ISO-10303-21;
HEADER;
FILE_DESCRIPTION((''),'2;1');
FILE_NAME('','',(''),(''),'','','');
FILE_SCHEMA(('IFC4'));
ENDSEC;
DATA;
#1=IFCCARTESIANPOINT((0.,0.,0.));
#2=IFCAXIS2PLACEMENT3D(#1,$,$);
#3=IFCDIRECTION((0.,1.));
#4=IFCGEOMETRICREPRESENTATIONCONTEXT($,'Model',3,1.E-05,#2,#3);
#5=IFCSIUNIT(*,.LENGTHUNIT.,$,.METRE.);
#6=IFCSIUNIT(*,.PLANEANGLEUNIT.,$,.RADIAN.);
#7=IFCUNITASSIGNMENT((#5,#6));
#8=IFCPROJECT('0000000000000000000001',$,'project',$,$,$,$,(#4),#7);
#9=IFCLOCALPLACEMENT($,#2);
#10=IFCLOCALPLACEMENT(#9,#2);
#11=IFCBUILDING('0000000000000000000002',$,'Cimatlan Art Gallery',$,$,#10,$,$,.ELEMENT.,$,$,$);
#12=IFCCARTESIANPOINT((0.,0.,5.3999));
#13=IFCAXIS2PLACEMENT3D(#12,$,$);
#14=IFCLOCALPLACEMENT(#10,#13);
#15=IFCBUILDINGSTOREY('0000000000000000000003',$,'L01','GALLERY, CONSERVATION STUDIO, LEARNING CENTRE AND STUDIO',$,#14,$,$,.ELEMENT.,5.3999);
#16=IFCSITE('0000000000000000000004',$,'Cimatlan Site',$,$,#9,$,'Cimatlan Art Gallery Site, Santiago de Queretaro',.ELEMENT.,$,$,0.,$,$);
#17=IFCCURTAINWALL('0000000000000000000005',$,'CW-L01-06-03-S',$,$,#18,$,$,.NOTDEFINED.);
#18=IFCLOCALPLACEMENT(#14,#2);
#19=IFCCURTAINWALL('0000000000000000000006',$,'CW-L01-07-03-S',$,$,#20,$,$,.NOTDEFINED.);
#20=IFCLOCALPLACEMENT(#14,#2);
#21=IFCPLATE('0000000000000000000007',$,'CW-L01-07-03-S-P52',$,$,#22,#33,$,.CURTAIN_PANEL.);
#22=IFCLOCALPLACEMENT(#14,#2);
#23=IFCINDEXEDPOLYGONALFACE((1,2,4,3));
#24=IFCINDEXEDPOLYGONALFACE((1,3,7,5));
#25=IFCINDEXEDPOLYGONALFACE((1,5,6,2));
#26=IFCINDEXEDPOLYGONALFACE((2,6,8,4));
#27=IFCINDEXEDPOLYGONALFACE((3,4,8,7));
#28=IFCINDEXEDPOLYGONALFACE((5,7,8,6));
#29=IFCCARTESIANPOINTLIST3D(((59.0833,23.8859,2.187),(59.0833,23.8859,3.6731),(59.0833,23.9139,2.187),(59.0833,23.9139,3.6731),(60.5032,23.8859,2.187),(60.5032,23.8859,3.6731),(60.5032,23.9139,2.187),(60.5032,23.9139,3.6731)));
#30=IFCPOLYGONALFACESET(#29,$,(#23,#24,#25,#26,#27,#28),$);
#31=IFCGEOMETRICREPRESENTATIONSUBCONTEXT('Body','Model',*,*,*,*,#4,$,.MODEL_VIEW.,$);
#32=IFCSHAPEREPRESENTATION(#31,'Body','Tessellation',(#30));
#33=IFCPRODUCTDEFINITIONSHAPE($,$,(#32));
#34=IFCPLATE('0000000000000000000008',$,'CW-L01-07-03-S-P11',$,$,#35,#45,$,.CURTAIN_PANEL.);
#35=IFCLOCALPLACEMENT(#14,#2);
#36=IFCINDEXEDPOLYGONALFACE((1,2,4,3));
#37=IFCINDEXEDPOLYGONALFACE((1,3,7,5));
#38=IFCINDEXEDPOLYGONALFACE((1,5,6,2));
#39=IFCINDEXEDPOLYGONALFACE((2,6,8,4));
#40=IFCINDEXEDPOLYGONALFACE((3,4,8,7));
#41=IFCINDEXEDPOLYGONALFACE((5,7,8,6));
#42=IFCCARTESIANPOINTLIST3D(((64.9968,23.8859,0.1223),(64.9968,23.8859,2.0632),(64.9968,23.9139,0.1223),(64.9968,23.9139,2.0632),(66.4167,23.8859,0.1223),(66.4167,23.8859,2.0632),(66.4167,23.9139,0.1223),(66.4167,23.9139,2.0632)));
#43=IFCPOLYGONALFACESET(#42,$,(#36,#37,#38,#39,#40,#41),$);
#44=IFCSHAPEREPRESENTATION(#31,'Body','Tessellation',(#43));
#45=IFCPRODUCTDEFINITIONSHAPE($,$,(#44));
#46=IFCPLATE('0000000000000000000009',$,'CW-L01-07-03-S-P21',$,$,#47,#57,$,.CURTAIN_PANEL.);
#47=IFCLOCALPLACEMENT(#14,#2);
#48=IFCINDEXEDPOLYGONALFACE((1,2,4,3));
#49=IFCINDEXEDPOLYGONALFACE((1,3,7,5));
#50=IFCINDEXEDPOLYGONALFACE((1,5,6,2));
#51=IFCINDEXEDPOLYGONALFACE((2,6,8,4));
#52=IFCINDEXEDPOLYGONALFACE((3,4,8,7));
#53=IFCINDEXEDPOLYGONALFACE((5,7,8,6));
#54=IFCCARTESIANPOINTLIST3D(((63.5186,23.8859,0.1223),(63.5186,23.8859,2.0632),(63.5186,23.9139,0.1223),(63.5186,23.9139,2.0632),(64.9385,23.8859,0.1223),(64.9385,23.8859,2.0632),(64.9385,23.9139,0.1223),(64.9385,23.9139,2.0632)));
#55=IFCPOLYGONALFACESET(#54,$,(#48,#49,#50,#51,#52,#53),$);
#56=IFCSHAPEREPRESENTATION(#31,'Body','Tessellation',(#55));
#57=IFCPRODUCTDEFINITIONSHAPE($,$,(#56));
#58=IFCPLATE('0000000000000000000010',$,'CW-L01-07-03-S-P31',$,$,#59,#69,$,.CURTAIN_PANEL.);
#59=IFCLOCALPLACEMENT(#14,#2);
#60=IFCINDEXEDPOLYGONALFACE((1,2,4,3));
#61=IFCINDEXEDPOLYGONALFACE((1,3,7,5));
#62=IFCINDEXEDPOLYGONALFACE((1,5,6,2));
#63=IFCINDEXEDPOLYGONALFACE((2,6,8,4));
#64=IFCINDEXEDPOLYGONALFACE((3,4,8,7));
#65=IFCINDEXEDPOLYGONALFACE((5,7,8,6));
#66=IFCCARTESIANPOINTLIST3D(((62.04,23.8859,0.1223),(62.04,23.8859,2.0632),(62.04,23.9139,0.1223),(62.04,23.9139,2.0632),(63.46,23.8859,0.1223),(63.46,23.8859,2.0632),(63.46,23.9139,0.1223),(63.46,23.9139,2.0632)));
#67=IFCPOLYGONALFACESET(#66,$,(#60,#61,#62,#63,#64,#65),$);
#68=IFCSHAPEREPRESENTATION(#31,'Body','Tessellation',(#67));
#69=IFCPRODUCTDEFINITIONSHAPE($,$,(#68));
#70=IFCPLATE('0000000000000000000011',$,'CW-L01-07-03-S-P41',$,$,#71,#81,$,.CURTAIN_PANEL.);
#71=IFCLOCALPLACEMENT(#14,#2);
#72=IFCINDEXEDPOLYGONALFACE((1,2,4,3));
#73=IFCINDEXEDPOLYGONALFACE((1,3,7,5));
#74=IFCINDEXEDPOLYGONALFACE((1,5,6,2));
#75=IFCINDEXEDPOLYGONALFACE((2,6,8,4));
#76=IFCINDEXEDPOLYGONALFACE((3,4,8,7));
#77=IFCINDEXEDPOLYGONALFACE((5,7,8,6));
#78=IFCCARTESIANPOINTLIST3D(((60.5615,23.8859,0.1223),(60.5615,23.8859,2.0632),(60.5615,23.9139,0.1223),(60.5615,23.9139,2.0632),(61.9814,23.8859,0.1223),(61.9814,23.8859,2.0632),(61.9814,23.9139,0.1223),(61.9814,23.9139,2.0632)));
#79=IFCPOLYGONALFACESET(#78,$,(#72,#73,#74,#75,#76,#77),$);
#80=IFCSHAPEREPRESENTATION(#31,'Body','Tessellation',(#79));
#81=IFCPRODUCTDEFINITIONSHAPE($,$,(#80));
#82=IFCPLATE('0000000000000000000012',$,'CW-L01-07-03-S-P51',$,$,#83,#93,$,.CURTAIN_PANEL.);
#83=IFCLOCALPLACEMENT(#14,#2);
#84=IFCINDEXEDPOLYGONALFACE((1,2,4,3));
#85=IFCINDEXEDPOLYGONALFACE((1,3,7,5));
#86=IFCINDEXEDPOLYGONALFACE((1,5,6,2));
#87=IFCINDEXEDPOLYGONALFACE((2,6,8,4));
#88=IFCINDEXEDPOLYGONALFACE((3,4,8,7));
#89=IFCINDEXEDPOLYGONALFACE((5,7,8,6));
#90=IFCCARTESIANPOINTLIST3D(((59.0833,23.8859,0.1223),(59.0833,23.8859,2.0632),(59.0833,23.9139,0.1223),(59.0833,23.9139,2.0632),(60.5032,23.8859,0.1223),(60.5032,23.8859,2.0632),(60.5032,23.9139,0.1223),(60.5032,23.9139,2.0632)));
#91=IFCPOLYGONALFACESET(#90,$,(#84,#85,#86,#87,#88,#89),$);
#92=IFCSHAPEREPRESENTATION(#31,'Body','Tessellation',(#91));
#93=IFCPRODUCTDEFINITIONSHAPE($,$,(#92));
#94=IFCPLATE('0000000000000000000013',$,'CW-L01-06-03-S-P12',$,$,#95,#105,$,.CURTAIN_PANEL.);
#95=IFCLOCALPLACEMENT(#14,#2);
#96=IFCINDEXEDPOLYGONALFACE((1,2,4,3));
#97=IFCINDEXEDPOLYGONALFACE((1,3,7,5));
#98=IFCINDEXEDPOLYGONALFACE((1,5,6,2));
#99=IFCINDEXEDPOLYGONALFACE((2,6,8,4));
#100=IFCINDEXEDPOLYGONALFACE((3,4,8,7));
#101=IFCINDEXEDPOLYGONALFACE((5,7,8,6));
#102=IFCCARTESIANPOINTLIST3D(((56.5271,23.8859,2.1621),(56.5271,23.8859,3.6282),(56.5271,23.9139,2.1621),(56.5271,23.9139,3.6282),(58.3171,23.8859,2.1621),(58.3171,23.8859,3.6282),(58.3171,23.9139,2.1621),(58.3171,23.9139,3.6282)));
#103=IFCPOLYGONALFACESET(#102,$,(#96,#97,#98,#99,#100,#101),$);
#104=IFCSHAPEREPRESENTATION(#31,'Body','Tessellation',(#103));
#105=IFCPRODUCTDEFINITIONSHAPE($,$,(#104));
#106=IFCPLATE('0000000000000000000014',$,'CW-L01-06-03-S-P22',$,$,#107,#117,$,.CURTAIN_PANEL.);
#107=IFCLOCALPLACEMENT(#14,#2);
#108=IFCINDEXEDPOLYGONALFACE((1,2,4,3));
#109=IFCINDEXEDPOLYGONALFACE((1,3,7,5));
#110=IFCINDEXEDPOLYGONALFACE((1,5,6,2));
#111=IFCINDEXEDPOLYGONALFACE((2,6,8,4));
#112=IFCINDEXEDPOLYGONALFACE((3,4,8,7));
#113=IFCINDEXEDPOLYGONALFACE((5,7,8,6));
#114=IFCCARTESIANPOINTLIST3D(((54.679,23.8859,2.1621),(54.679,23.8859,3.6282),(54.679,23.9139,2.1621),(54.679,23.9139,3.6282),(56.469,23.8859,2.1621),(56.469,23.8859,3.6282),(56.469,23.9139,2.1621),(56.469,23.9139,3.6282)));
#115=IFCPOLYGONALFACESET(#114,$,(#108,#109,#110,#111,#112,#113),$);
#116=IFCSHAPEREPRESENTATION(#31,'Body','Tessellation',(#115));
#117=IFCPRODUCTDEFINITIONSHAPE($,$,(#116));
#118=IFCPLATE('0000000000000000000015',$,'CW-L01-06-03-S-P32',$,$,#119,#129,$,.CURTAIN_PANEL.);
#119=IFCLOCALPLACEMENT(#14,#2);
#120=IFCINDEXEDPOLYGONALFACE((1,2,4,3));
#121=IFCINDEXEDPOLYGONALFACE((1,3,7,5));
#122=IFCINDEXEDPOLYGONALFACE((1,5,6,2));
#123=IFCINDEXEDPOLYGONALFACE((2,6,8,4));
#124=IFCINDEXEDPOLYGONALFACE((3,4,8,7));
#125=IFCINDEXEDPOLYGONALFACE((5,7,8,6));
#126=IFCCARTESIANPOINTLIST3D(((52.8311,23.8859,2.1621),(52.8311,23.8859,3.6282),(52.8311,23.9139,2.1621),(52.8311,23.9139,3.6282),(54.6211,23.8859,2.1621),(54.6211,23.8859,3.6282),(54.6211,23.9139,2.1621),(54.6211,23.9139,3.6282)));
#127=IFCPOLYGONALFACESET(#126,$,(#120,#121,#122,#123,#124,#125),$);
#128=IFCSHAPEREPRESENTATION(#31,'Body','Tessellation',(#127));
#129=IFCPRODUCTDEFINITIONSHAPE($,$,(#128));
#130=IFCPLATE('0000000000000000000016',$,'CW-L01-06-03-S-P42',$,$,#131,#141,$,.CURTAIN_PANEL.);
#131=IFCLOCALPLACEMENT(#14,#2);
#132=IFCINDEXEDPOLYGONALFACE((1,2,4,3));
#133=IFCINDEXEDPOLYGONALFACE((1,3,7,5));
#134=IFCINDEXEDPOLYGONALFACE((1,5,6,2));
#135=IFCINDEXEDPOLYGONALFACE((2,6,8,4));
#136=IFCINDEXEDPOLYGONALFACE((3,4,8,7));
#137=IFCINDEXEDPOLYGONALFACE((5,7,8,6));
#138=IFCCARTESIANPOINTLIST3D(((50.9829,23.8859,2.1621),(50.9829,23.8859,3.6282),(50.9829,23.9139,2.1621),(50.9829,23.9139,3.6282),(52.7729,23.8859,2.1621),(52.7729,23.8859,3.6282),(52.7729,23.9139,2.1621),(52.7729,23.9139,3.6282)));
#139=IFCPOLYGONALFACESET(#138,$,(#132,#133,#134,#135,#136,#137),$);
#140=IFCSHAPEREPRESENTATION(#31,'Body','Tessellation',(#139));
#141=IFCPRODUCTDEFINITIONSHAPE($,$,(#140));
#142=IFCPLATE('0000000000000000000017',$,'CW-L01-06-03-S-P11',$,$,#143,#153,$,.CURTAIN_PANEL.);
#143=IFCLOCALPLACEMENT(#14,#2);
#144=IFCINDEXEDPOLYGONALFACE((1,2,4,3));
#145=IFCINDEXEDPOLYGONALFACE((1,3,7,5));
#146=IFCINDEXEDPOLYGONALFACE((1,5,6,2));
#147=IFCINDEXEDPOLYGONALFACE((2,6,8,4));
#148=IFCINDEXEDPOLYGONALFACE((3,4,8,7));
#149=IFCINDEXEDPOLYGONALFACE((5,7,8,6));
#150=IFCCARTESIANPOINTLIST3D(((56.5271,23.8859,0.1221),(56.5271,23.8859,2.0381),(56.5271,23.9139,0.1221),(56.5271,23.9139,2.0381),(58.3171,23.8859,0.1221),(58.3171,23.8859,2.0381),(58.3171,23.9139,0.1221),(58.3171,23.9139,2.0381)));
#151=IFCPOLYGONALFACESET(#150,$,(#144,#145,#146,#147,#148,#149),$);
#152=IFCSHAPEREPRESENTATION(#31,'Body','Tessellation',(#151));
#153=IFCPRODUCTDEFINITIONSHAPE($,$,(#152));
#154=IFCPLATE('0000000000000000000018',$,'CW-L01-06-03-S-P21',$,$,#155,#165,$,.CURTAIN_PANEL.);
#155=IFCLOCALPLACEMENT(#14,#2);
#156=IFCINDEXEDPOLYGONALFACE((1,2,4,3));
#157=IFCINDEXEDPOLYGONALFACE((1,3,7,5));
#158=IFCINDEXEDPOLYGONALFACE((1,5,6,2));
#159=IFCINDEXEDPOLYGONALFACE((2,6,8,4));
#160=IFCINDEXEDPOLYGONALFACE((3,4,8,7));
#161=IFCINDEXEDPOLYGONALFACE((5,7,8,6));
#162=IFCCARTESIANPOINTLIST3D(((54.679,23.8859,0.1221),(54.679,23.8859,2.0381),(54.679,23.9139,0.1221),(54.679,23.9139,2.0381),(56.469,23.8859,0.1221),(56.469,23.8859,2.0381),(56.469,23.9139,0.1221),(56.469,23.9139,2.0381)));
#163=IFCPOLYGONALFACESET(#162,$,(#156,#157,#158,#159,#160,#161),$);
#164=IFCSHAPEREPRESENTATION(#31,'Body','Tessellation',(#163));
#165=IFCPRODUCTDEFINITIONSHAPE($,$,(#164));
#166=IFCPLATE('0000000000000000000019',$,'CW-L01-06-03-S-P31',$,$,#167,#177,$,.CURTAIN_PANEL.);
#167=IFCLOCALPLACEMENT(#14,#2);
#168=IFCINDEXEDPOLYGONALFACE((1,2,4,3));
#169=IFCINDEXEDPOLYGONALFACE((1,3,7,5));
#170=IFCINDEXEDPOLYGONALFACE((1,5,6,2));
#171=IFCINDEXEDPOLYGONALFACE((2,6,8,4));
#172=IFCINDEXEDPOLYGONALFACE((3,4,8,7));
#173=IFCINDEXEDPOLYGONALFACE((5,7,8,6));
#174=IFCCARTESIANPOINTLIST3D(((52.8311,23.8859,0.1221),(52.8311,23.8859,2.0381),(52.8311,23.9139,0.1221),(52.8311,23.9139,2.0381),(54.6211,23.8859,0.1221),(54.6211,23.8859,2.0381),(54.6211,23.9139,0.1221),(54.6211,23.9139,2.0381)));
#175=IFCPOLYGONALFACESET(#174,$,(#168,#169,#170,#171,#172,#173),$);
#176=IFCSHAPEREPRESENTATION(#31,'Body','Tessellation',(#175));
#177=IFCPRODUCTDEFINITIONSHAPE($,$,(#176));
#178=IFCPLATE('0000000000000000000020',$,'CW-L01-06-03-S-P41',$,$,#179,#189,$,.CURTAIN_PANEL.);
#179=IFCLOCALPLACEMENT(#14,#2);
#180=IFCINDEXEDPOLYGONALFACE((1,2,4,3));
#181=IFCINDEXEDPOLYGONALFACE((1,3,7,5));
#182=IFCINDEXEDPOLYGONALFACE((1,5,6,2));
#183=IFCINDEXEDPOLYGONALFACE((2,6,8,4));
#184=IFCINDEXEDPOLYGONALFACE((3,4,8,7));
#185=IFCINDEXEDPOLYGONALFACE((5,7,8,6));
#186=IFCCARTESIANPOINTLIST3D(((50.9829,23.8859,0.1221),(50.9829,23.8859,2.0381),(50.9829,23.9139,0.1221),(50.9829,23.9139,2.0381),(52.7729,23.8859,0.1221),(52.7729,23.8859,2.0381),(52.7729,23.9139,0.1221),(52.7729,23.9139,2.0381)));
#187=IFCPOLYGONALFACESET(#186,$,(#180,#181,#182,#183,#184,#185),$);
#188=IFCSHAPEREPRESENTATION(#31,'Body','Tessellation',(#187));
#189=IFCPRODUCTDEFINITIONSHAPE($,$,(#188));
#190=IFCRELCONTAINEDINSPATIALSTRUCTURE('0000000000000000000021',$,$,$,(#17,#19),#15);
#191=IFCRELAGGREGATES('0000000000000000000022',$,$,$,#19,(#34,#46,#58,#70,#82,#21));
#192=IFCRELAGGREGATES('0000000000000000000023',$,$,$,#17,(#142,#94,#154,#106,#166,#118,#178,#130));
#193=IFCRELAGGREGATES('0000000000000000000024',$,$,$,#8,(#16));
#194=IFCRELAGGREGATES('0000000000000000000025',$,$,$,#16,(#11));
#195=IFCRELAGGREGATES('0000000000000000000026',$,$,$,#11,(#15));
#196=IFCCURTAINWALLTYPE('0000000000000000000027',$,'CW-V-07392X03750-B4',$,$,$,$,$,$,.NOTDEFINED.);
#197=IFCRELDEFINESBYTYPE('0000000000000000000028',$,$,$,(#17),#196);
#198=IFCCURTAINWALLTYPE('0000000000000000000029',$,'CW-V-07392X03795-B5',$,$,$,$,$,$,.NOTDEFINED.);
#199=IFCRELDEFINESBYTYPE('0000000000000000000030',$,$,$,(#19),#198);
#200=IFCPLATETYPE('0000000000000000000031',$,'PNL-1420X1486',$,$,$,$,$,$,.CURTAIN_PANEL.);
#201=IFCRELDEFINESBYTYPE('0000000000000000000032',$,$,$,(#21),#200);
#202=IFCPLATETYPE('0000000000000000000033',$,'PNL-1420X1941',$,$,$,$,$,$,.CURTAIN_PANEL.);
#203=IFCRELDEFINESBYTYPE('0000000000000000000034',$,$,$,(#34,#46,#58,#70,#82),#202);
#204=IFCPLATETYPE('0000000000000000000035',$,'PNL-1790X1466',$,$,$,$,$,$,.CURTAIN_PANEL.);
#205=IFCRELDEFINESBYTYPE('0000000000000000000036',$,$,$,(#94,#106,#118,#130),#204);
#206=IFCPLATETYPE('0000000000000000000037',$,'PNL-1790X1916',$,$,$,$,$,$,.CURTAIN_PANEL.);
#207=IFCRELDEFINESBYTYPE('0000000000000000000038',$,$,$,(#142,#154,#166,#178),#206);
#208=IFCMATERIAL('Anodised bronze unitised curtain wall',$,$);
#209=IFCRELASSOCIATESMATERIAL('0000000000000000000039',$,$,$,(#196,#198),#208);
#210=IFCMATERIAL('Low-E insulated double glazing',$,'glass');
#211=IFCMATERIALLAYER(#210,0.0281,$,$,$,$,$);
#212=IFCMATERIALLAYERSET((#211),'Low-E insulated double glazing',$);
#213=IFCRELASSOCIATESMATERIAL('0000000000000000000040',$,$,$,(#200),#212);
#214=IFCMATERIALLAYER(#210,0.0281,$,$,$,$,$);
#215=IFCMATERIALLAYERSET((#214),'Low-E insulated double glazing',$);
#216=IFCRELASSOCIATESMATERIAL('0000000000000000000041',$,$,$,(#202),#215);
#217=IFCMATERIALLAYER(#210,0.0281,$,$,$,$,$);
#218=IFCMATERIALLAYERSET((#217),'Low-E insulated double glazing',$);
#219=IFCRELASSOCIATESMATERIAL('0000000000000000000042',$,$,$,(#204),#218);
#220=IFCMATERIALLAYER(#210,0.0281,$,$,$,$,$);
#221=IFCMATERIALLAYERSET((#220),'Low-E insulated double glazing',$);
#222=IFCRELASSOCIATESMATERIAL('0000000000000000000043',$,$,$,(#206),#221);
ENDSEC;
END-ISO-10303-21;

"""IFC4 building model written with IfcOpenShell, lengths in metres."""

from ifc_helpers import new_model, si_unit, direction, frame, origin, origin_2d, place, context, subcontext, project, spatial, rectangle, extrude, material, layer, layer_set, type_object, element, aggregate, save


model = new_model("IFC4")

# Units and contexts
model_context = context("Model", 3, precision=1e-05, world=origin(), true_north=direction((0.0, 1.0)))
body_context = subcontext(model_context, "Body", "Model", "MODEL_VIEW")
ifc_project = project(units=[si_unit("LENGTHUNIT", "METRE"), si_unit("PLANEANGLEUNIT", "RADIAN")], contexts=[model_context])

# Site, building, storey
site_placement = place(None, origin())
site = spatial("IfcSite", under=ifc_project, at=site_placement, Name="Cimatlan Site", LongName="Cimatlan Art Gallery Site, Santiago de Queretaro", CompositionType="ELEMENT", RefElevation=0.0)
building_placement = place(site_placement, origin())
building = spatial("IfcBuilding", under=site, at=building_placement, Name="Cimatlan Art Gallery", CompositionType="ELEMENT")
storey_placement = place(building_placement, frame((0.0, 0.0, 5.3999)))
storey = spatial("IfcBuildingStorey", under=building, at=storey_placement, Name="L01", Description="GALLERY, CONSERVATION STUDIO, LEARNING CENTRE AND STUDIO", CompositionType="ELEMENT", Elevation=5.3999)

# Curtain walls
ifc_material_1 = material(Name="Anodised bronze unitised curtain wall")
curtain_wall_type_1 = type_object("IfcCurtainWallType", Name="CW-V-07392X03750-B4", PredefinedType="NOTDEFINED", material=ifc_material_1)
curtain_wall_1_placement = place(storey_placement, origin())
curtain_wall_1 = element("IfcCurtainWall", 1, at=curtain_wall_1_placement, inside=storey, type_object=curtain_wall_type_1, Name="CW-L01-06-03-S", PredefinedType="NOTDEFINED")
curtain_wall_type_2 = type_object("IfcCurtainWallType", Name="CW-V-07392X03795-B5", PredefinedType="NOTDEFINED", material=ifc_material_1)
curtain_wall_2_placement = place(storey_placement, origin())
curtain_wall_2 = element("IfcCurtainWall", 2, at=curtain_wall_2_placement, inside=storey, type_object=curtain_wall_type_2, Name="CW-L01-07-03-S", PredefinedType="NOTDEFINED")

# Plates
ifc_material_2 = material(Name="Low-E insulated double glazing", Category="glass")
ifc_layer_1 = layer(ifc_material_2, 0.0281)
ifc_layer_set_1 = layer_set([ifc_layer_1], Name="Low-E insulated double glazing")
plate_type_1 = type_object("IfcPlateType", Name="PNL-1420X1486", PredefinedType="CURTAIN_PANEL", material=ifc_layer_set_1)
plate_1_placement = place(storey_placement, frame((59.7932, 23.8999, 2.187), z_axis=(0.0, 0.0, 1.0), x_axis=(-1.0, 0.0, 0.0)))
plate_1 = element("IfcPlate", 3, at=plate_1_placement, type_object=plate_type_1, Name="CW-L01-07-03-S-P52", PredefinedType="CURTAIN_PANEL", context=body_context, shape_type="SweptSolid", body=[
    extrude(rectangle(XDim=1.4199, YDim=0.0281, at=origin_2d()), origin(), (0.0, 0.0, 1.0), 1.4861),
])
ifc_layer_2 = layer(ifc_material_2, 0.0281)
ifc_layer_set_2 = layer_set([ifc_layer_2], Name="Low-E insulated double glazing")
plate_type_2 = type_object("IfcPlateType", Name="PNL-1420X1941", PredefinedType="CURTAIN_PANEL", material=ifc_layer_set_2)
plate_2_placement = place(storey_placement, frame((65.7068, 23.8999, 0.1223), z_axis=(0.0, 0.0, 1.0), x_axis=(-1.0, 0.0, 0.0)))
plate_2 = element("IfcPlate", 4, at=plate_2_placement, type_object=plate_type_2, Name="CW-L01-07-03-S-P11", PredefinedType="CURTAIN_PANEL", context=body_context, shape_type="SweptSolid", body=[
    extrude(rectangle(XDim=1.4199, YDim=0.0281, at=origin_2d()), origin(), (0.0, 0.0, 1.0), 1.9409),
])
plate_3_placement = place(storey_placement, frame((64.2285, 23.8999, 0.1223), z_axis=(0.0, 0.0, 1.0), x_axis=(-1.0, 0.0, 0.0)))
plate_3 = element("IfcPlate", 5, at=plate_3_placement, type_object=plate_type_2, Name="CW-L01-07-03-S-P21", PredefinedType="CURTAIN_PANEL", context=body_context, shape_type="SweptSolid", body=[
    extrude(rectangle(XDim=1.4199, YDim=0.0281, at=origin_2d()), origin(), (0.0, 0.0, 1.0), 1.9409),
])
plate_4_placement = place(storey_placement, frame((62.75, 23.8999, 0.1223), z_axis=(0.0, 0.0, 1.0), x_axis=(-1.0, 0.0, 0.0)))
plate_4 = element("IfcPlate", 6, at=plate_4_placement, type_object=plate_type_2, Name="CW-L01-07-03-S-P31", PredefinedType="CURTAIN_PANEL", context=body_context, shape_type="SweptSolid", body=[
    extrude(rectangle(XDim=1.4199, YDim=0.0281, at=origin_2d()), origin(), (0.0, 0.0, 1.0), 1.9409),
])
plate_5_placement = place(storey_placement, frame((61.2715, 23.8999, 0.1223), z_axis=(0.0, 0.0, 1.0), x_axis=(-1.0, 0.0, 0.0)))
plate_5 = element("IfcPlate", 7, at=plate_5_placement, type_object=plate_type_2, Name="CW-L01-07-03-S-P41", PredefinedType="CURTAIN_PANEL", context=body_context, shape_type="SweptSolid", body=[
    extrude(rectangle(XDim=1.4199, YDim=0.0281, at=origin_2d()), origin(), (0.0, 0.0, 1.0), 1.9409),
])
plate_6_placement = place(storey_placement, frame((59.7932, 23.8999, 0.1223), z_axis=(0.0, 0.0, 1.0), x_axis=(-1.0, 0.0, 0.0)))
plate_6 = element("IfcPlate", 8, at=plate_6_placement, type_object=plate_type_2, Name="CW-L01-07-03-S-P51", PredefinedType="CURTAIN_PANEL", context=body_context, shape_type="SweptSolid", body=[
    extrude(rectangle(XDim=1.4199, YDim=0.0281, at=origin_2d()), origin(), (0.0, 0.0, 1.0), 1.9409),
])
aggregate(curtain_wall_2, [plate_2, plate_3, plate_4, plate_5, plate_6, plate_1])
ifc_layer_3 = layer(ifc_material_2, 0.0281)
ifc_layer_set_3 = layer_set([ifc_layer_3], Name="Low-E insulated double glazing")
plate_type_3 = type_object("IfcPlateType", Name="PNL-1790X1466", PredefinedType="CURTAIN_PANEL", material=ifc_layer_set_3)
plate_7_placement = place(storey_placement, frame((57.4221, 23.8999, 2.1621), z_axis=(0.0, 0.0, 1.0), x_axis=(-1.0, 0.0, 0.0)))
plate_7 = element("IfcPlate", 9, at=plate_7_placement, type_object=plate_type_3, Name="CW-L01-06-03-S-P12", PredefinedType="CURTAIN_PANEL", context=body_context, shape_type="SweptSolid", body=[
    extrude(rectangle(XDim=1.79, YDim=0.0281, at=origin_2d()), origin(), (0.0, 0.0, 1.0), 1.4661),
])
plate_8_placement = place(storey_placement, frame((55.574, 23.8999, 2.1621), z_axis=(0.0, 0.0, 1.0), x_axis=(-1.0, 0.0, 0.0)))
plate_8 = element("IfcPlate", 10, at=plate_8_placement, type_object=plate_type_3, Name="CW-L01-06-03-S-P22", PredefinedType="CURTAIN_PANEL", context=body_context, shape_type="SweptSolid", body=[
    extrude(rectangle(XDim=1.79, YDim=0.0281, at=origin_2d()), origin(), (0.0, 0.0, 1.0), 1.4661),
])
plate_9_placement = place(storey_placement, frame((53.7261, 23.8999, 2.1621), z_axis=(0.0, 0.0, 1.0), x_axis=(-1.0, 0.0, 0.0)))
plate_9 = element("IfcPlate", 11, at=plate_9_placement, type_object=plate_type_3, Name="CW-L01-06-03-S-P32", PredefinedType="CURTAIN_PANEL", context=body_context, shape_type="SweptSolid", body=[
    extrude(rectangle(XDim=1.79, YDim=0.0281, at=origin_2d()), origin(), (0.0, 0.0, 1.0), 1.4661),
])
plate_10_placement = place(storey_placement, frame((51.8779, 23.8999, 2.1621), z_axis=(0.0, 0.0, 1.0), x_axis=(-1.0, 0.0, 0.0)))
plate_10 = element("IfcPlate", 12, at=plate_10_placement, type_object=plate_type_3, Name="CW-L01-06-03-S-P42", PredefinedType="CURTAIN_PANEL", context=body_context, shape_type="SweptSolid", body=[
    extrude(rectangle(XDim=1.79, YDim=0.0281, at=origin_2d()), origin(), (0.0, 0.0, 1.0), 1.4661),
])
ifc_layer_4 = layer(ifc_material_2, 0.0281)
ifc_layer_set_4 = layer_set([ifc_layer_4], Name="Low-E insulated double glazing")
plate_type_4 = type_object("IfcPlateType", Name="PNL-1790X1916", PredefinedType="CURTAIN_PANEL", material=ifc_layer_set_4)
plate_11_placement = place(storey_placement, frame((57.4221, 23.8999, 0.1221), z_axis=(0.0, 0.0, 1.0), x_axis=(-1.0, 0.0, 0.0)))
plate_11 = element("IfcPlate", 13, at=plate_11_placement, type_object=plate_type_4, Name="CW-L01-06-03-S-P11", PredefinedType="CURTAIN_PANEL", context=body_context, shape_type="SweptSolid", body=[
    extrude(rectangle(XDim=1.79, YDim=0.0281, at=origin_2d()), origin(), (0.0, 0.0, 1.0), 1.916),
])
plate_12_placement = place(storey_placement, frame((55.574, 23.8999, 0.1221), z_axis=(0.0, 0.0, 1.0), x_axis=(-1.0, 0.0, 0.0)))
plate_12 = element("IfcPlate", 14, at=plate_12_placement, type_object=plate_type_4, Name="CW-L01-06-03-S-P21", PredefinedType="CURTAIN_PANEL", context=body_context, shape_type="SweptSolid", body=[
    extrude(rectangle(XDim=1.79, YDim=0.0281, at=origin_2d()), origin(), (0.0, 0.0, 1.0), 1.916),
])
plate_13_placement = place(storey_placement, frame((53.7261, 23.8999, 0.1221), z_axis=(0.0, 0.0, 1.0), x_axis=(-1.0, 0.0, 0.0)))
plate_13 = element("IfcPlate", 15, at=plate_13_placement, type_object=plate_type_4, Name="CW-L01-06-03-S-P31", PredefinedType="CURTAIN_PANEL", context=body_context, shape_type="SweptSolid", body=[
    extrude(rectangle(XDim=1.79, YDim=0.0281, at=origin_2d()), origin(), (0.0, 0.0, 1.0), 1.916),
])
plate_14_placement = place(storey_placement, frame((51.8779, 23.8999, 0.1221), z_axis=(0.0, 0.0, 1.0), x_axis=(-1.0, 0.0, 0.0)))
plate_14 = element("IfcPlate", 16, at=plate_14_placement, type_object=plate_type_4, Name="CW-L01-06-03-S-P41", PredefinedType="CURTAIN_PANEL", context=body_context, shape_type="SweptSolid", body=[
    extrude(rectangle(XDim=1.79, YDim=0.0281, at=origin_2d()), origin(), (0.0, 0.0, 1.0), 1.916),
])
aggregate(curtain_wall_1, [plate_11, plate_7, plate_12, plate_8, plate_13, plate_9, plate_14, plate_10])

save(model, "model.ifc")
